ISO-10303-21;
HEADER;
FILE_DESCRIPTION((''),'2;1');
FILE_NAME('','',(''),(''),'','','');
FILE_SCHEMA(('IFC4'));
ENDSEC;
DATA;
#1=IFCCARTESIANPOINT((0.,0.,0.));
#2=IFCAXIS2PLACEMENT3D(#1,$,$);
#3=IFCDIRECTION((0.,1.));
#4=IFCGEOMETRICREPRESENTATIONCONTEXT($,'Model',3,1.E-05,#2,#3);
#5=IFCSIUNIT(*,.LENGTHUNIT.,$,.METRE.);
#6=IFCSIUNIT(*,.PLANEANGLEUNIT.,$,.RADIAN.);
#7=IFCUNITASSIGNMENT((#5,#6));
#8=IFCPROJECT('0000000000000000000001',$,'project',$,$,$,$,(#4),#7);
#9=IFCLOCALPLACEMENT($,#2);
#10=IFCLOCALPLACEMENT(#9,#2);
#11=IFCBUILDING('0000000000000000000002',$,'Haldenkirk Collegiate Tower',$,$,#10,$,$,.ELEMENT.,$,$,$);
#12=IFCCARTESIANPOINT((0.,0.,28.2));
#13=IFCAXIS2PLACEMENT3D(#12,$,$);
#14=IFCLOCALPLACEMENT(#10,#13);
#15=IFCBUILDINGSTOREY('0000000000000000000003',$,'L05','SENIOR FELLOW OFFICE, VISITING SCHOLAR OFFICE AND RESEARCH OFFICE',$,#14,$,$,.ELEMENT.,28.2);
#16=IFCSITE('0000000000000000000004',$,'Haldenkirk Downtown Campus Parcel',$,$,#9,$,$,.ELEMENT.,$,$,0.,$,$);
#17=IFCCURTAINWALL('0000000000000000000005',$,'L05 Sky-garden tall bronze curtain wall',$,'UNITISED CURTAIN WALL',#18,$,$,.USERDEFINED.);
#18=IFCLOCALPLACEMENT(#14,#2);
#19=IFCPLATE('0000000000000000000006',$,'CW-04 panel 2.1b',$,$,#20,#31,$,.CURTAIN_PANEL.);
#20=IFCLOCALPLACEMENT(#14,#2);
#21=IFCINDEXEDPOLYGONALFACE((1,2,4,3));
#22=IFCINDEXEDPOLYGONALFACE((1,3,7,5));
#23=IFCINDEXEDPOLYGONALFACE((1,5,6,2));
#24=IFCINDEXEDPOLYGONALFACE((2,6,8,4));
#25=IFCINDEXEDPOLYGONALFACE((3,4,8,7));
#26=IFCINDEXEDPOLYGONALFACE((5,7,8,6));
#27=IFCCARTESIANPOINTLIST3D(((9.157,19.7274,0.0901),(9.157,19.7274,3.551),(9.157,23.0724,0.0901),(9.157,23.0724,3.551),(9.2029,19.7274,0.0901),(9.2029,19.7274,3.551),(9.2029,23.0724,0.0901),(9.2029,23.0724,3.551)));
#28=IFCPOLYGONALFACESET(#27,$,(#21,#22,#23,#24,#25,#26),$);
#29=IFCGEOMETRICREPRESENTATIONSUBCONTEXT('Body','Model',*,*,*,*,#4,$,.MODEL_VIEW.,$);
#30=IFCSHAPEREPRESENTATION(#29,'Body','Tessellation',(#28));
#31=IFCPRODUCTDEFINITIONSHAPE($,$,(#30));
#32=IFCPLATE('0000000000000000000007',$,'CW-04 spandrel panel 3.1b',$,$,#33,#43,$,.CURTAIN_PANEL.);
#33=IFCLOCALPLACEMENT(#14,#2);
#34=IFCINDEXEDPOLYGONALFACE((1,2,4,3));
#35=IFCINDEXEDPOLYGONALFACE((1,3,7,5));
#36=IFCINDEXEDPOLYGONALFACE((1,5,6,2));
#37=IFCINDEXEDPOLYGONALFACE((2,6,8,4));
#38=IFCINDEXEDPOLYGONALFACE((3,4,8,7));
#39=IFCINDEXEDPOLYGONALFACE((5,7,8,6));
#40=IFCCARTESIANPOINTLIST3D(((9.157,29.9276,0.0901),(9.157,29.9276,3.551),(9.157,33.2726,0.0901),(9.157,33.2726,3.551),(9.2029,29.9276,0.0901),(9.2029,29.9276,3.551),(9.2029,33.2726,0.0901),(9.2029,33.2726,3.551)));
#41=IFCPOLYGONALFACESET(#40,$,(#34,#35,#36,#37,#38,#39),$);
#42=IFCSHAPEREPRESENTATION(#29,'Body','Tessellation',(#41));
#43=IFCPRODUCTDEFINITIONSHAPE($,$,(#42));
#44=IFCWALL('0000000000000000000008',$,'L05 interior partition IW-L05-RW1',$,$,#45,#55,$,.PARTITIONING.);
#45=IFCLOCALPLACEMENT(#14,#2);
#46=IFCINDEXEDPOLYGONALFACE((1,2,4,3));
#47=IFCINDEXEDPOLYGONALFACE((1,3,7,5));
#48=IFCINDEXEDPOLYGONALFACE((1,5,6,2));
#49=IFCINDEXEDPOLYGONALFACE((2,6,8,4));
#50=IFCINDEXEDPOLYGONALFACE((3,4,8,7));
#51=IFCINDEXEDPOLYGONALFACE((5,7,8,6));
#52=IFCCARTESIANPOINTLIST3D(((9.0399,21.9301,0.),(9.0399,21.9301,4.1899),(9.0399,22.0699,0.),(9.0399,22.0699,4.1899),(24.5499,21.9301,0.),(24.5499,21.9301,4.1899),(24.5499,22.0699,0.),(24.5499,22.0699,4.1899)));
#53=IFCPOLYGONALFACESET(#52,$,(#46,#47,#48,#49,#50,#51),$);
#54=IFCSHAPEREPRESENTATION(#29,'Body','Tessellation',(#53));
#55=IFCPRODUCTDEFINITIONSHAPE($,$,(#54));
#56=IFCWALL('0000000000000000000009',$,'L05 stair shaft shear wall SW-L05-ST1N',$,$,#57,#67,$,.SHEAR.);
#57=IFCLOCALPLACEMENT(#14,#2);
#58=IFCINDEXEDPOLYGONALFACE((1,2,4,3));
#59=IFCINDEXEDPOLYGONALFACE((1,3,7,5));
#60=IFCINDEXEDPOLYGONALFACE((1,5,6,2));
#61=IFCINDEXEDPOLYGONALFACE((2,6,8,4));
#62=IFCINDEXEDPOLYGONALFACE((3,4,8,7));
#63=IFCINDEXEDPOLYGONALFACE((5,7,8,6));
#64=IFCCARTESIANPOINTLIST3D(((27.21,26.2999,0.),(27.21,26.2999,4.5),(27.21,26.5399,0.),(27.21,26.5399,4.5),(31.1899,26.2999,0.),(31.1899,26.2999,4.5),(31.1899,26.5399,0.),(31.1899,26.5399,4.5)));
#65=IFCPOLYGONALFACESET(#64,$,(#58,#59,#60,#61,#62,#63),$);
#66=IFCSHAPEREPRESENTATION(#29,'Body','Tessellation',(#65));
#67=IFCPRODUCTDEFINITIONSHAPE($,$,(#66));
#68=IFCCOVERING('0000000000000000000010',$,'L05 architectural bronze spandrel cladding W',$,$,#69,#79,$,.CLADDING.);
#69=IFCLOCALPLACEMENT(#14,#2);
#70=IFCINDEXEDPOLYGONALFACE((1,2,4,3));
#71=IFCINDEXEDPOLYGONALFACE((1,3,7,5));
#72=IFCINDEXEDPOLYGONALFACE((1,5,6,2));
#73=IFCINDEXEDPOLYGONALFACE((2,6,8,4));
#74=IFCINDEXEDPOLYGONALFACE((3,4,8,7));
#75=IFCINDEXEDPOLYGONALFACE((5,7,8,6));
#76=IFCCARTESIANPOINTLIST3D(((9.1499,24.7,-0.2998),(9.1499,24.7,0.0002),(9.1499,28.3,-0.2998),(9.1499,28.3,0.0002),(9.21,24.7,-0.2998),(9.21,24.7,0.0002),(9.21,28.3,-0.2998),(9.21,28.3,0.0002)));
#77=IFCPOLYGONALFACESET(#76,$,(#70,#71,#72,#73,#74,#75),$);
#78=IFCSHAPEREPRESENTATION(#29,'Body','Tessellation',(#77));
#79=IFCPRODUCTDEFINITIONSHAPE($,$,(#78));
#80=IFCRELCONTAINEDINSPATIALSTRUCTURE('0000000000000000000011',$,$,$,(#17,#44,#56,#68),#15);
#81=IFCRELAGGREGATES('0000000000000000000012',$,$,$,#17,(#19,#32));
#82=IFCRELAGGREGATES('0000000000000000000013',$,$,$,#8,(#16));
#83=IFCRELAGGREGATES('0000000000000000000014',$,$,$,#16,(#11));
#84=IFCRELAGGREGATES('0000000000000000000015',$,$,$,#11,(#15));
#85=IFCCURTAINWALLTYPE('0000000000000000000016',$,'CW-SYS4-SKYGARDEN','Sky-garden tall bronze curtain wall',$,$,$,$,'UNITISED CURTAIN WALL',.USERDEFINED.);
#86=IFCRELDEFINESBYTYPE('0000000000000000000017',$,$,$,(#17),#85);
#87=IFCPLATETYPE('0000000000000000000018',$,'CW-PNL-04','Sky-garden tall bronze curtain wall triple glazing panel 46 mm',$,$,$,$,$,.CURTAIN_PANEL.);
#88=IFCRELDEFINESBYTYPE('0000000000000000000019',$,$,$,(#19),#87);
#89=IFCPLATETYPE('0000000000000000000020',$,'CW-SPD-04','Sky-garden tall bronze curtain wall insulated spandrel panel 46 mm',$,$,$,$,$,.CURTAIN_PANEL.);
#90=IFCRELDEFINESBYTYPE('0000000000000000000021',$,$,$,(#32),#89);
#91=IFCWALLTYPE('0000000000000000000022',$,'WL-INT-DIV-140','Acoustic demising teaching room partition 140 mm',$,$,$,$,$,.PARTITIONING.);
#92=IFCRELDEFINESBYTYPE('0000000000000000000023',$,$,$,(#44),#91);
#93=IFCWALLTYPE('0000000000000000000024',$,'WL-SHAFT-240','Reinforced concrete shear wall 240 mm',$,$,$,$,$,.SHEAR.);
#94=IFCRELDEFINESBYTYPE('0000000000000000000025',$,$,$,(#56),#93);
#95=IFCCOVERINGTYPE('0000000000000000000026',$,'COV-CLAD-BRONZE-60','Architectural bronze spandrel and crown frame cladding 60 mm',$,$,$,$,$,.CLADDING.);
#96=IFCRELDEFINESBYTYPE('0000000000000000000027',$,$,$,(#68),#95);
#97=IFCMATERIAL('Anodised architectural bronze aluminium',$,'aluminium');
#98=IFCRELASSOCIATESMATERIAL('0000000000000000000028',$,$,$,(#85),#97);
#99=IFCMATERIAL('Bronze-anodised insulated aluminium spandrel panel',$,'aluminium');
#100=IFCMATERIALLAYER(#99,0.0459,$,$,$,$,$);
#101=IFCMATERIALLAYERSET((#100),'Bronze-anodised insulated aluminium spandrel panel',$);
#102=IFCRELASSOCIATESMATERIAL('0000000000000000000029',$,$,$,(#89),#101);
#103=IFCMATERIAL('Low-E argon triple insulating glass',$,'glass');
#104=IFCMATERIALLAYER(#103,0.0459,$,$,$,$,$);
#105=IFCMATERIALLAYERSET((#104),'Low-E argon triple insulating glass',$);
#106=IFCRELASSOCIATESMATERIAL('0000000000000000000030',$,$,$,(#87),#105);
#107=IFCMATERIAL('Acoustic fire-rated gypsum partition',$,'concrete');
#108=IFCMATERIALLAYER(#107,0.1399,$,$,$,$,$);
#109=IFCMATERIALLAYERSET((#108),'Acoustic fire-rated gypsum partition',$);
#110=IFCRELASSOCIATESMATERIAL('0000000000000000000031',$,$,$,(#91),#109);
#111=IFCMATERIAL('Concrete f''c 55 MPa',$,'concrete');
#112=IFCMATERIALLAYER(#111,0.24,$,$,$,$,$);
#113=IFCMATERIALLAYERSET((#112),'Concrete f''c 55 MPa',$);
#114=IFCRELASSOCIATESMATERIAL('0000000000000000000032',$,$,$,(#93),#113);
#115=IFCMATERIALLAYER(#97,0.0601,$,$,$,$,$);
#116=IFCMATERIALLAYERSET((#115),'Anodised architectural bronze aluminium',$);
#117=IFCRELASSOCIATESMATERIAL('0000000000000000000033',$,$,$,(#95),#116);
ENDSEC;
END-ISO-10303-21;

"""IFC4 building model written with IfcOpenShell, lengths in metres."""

from ifc_helpers import new_model, si_unit, direction, frame, frame_2d, origin, origin_2d, place, context, subcontext, project, spatial, rectangle, extrude, source, transform, mapped, material, layer, layer_set, type_object, element, aggregate, save


model = new_model("IFC4")

# Units and contexts
model_context = context("Model", 3, precision=1e-05, world=origin(), true_north=direction((0.0, 1.0)))
body_context = subcontext(model_context, "Body", "Model", "MODEL_VIEW")
ifc_project = project(units=[si_unit("LENGTHUNIT", "METRE"), si_unit("PLANEANGLEUNIT", "RADIAN")], contexts=[model_context])

# Site, building, storey
site_placement = place(None, origin())
site = spatial("IfcSite", under=ifc_project, at=site_placement, Name="Haldenkirk Downtown Campus Parcel", CompositionType="ELEMENT", RefElevation=0.0)
building_placement = place(site_placement, origin())
building = spatial("IfcBuilding", under=site, at=building_placement, Name="Haldenkirk Collegiate Tower", CompositionType="ELEMENT")
storey_placement = place(building_placement, frame((0.0, 0.0, 28.2)))
storey = spatial("IfcBuildingStorey", under=building, at=storey_placement, Name="L05", Description="SENIOR FELLOW OFFICE, VISITING SCHOLAR OFFICE AND RESEARCH OFFICE", CompositionType="ELEMENT", Elevation=28.2)

# Curtain wall
ifc_material_1 = material(Name="Anodised architectural bronze aluminium", Category="aluminium")
curtain_wall_type = type_object("IfcCurtainWallType", Name="CW-SYS4-SKYGARDEN", Description="Sky-garden tall bronze curtain wall", ElementType="UNITISED CURTAIN WALL", PredefinedType="USERDEFINED", material=ifc_material_1)
curtain_wall_placement = place(storey_placement, origin())
curtain_wall = element("IfcCurtainWall", 1, at=curtain_wall_placement, inside=storey, type_object=curtain_wall_type, Name="L05 Sky-garden tall bronze curtain wall", ObjectType="UNITISED CURTAIN WALL", PredefinedType="USERDEFINED")

# Plates
ifc_material_2 = material(Name="Bronze-anodised insulated aluminium spandrel panel", Category="aluminium")
ifc_layer_1 = layer(ifc_material_2, 0.0459)
ifc_layer_set_1 = layer_set([ifc_layer_1], Name="Bronze-anodised insulated aluminium spandrel panel")
plate_type_1 = type_object("IfcPlateType", Name="CW-SPD-04", Description="Sky-garden tall bronze curtain wall insulated spandrel panel 46 mm", PredefinedType="CURTAIN_PANEL", material=ifc_layer_set_1)
ifc_material_3 = material(Name="Low-E argon triple insulating glass", Category="glass")
ifc_layer_2 = layer(ifc_material_3, 0.0459)
ifc_layer_set_2 = layer_set([ifc_layer_2], Name="Low-E argon triple insulating glass")
plate_type_2 = type_object("IfcPlateType", Name="CW-PNL-04", Description="Sky-garden tall bronze curtain wall triple glazing panel 46 mm", PredefinedType="CURTAIN_PANEL", material=ifc_layer_set_2)
shared_shape_1 = source(origin(), body_context, "Body", "SweptSolid", [
    extrude(rectangle(XDim=3.345, YDim=0.0459, at=origin_2d()), origin(), (0.0, 0.0, 1.0), 3.4609),
])
plate_1_placement = place(storey_placement, frame((9.1799, 21.3999, 0.0901), z_axis=(0.0, 0.0, 1.0), x_axis=(0.0, 1.0, 0.0)))
plate_1 = element("IfcPlate", 2, at=plate_1_placement, type_object=plate_type_2, Name="CW-04 panel 2.1b", PredefinedType="CURTAIN_PANEL", context=body_context, shape_type="MappedRepresentation", body=[
    mapped(shared_shape_1, transform((0.0, 0.0, 0.0), x_axis=(1.0, 0.0, 0.0), y_axis=(0.0, 1.0, 0.0), z_axis=(0.0, 0.0, 1.0), scale=1.0)),
])
plate_2_placement = place(storey_placement, frame((9.1799, 31.6001, 0.0901), z_axis=(0.0, 0.0, 1.0), x_axis=(0.0, 1.0, 0.0)))
plate_2 = element("IfcPlate", 3, at=plate_2_placement, type_object=plate_type_1, Name="CW-04 spandrel panel 3.1b", PredefinedType="CURTAIN_PANEL", context=body_context, shape_type="MappedRepresentation", body=[
    mapped(shared_shape_1, transform((0.0, 0.0, 0.0), x_axis=(1.0, 0.0, 0.0), y_axis=(0.0, 1.0, 0.0), z_axis=(0.0, 0.0, 1.0), scale=1.0)),
])
aggregate(curtain_wall, [plate_1, plate_2])

# Shared definitions
ifc_material_4 = material(Name="Acoustic fire-rated gypsum partition", Category="concrete")

# Walls
ifc_layer_3 = layer(ifc_material_4, 0.1399)
ifc_layer_set_3 = layer_set([ifc_layer_3], Name="Acoustic fire-rated gypsum partition")
wall_type_1 = type_object("IfcWallType", Name="WL-INT-DIV-140", Description="Acoustic demising teaching room partition 140 mm", PredefinedType="PARTITIONING", material=ifc_layer_set_3)
wall_1_placement = place(storey_placement, frame((9.04, 22.0, 0.0), z_axis=(0.0, 0.0, 1.0), x_axis=(1.0, 0.0, 0.0)))
element("IfcWall", 4, at=wall_1_placement, inside=storey, type_object=wall_type_1, Name="L05 interior partition IW-L05-RW1", PredefinedType="PARTITIONING", context=body_context, shape_type="SweptSolid", body=[
    extrude(rectangle(XDim=15.51, YDim=0.1399, at=frame_2d((7.7549, 0.0))), origin(), (0.0, 0.0, 1.0), 4.1899),
])
ifc_material_5 = material(Name="Concrete f'c 55 MPa", Category="concrete")
ifc_layer_4 = layer(ifc_material_5, 0.24)
ifc_layer_set_4 = layer_set([ifc_layer_4], Name="Concrete f'c 55 MPa")
wall_type_2 = type_object("IfcWallType", Name="WL-SHAFT-240", Description="Reinforced concrete shear wall 240 mm", PredefinedType="SHEAR", material=ifc_layer_set_4)
wall_2_placement = place(storey_placement, frame((27.21, 26.4199, 0.0), z_axis=(0.0, 0.0, 1.0), x_axis=(1.0, 0.0, 0.0)))
element("IfcWall", 5, at=wall_2_placement, inside=storey, type_object=wall_type_2, Name="L05 stair shaft shear wall SW-L05-ST1N", PredefinedType="SHEAR", context=body_context, shape_type="SweptSolid", body=[
    extrude(rectangle(XDim=3.98, YDim=0.24, at=frame_2d((1.99, 0.0))), origin(), (0.0, 0.0, 1.0), 4.5),
])

# Covering
ifc_layer_5 = layer(ifc_material_1, 0.0601)
ifc_layer_set_5 = layer_set([ifc_layer_5], Name="Anodised architectural bronze aluminium")
covering_type = type_object("IfcCoveringType", Name="COV-CLAD-BRONZE-60", Description="Architectural bronze spandrel and crown frame cladding 60 mm", PredefinedType="CLADDING", material=ifc_layer_set_5)
shared_shape_2 = source(origin(), body_context, "Body", "SweptSolid", [
    extrude(rectangle(XDim=3.6001, YDim=0.0601, at=origin_2d()), origin(), (0.0, 0.0, 1.0), 0.3),
])
covering_placement = place(storey_placement, frame((9.1799, 26.5, -0.2998), z_axis=(0.0, 0.0, 1.0), x_axis=(0.0, 1.0, 0.0)))
element("IfcCovering", 6, at=covering_placement, inside=storey, type_object=covering_type, Name="L05 architectural bronze spandrel cladding W", PredefinedType="CLADDING", context=body_context, shape_type="MappedRepresentation", body=[
    mapped(shared_shape_2, transform((0.0, 0.0, 0.0), x_axis=(1.0, 0.0, 0.0), y_axis=(0.0, 1.0, 0.0), z_axis=(0.0, 0.0, 1.0), scale=1.0)),
])

save(model, "model.ifc")
